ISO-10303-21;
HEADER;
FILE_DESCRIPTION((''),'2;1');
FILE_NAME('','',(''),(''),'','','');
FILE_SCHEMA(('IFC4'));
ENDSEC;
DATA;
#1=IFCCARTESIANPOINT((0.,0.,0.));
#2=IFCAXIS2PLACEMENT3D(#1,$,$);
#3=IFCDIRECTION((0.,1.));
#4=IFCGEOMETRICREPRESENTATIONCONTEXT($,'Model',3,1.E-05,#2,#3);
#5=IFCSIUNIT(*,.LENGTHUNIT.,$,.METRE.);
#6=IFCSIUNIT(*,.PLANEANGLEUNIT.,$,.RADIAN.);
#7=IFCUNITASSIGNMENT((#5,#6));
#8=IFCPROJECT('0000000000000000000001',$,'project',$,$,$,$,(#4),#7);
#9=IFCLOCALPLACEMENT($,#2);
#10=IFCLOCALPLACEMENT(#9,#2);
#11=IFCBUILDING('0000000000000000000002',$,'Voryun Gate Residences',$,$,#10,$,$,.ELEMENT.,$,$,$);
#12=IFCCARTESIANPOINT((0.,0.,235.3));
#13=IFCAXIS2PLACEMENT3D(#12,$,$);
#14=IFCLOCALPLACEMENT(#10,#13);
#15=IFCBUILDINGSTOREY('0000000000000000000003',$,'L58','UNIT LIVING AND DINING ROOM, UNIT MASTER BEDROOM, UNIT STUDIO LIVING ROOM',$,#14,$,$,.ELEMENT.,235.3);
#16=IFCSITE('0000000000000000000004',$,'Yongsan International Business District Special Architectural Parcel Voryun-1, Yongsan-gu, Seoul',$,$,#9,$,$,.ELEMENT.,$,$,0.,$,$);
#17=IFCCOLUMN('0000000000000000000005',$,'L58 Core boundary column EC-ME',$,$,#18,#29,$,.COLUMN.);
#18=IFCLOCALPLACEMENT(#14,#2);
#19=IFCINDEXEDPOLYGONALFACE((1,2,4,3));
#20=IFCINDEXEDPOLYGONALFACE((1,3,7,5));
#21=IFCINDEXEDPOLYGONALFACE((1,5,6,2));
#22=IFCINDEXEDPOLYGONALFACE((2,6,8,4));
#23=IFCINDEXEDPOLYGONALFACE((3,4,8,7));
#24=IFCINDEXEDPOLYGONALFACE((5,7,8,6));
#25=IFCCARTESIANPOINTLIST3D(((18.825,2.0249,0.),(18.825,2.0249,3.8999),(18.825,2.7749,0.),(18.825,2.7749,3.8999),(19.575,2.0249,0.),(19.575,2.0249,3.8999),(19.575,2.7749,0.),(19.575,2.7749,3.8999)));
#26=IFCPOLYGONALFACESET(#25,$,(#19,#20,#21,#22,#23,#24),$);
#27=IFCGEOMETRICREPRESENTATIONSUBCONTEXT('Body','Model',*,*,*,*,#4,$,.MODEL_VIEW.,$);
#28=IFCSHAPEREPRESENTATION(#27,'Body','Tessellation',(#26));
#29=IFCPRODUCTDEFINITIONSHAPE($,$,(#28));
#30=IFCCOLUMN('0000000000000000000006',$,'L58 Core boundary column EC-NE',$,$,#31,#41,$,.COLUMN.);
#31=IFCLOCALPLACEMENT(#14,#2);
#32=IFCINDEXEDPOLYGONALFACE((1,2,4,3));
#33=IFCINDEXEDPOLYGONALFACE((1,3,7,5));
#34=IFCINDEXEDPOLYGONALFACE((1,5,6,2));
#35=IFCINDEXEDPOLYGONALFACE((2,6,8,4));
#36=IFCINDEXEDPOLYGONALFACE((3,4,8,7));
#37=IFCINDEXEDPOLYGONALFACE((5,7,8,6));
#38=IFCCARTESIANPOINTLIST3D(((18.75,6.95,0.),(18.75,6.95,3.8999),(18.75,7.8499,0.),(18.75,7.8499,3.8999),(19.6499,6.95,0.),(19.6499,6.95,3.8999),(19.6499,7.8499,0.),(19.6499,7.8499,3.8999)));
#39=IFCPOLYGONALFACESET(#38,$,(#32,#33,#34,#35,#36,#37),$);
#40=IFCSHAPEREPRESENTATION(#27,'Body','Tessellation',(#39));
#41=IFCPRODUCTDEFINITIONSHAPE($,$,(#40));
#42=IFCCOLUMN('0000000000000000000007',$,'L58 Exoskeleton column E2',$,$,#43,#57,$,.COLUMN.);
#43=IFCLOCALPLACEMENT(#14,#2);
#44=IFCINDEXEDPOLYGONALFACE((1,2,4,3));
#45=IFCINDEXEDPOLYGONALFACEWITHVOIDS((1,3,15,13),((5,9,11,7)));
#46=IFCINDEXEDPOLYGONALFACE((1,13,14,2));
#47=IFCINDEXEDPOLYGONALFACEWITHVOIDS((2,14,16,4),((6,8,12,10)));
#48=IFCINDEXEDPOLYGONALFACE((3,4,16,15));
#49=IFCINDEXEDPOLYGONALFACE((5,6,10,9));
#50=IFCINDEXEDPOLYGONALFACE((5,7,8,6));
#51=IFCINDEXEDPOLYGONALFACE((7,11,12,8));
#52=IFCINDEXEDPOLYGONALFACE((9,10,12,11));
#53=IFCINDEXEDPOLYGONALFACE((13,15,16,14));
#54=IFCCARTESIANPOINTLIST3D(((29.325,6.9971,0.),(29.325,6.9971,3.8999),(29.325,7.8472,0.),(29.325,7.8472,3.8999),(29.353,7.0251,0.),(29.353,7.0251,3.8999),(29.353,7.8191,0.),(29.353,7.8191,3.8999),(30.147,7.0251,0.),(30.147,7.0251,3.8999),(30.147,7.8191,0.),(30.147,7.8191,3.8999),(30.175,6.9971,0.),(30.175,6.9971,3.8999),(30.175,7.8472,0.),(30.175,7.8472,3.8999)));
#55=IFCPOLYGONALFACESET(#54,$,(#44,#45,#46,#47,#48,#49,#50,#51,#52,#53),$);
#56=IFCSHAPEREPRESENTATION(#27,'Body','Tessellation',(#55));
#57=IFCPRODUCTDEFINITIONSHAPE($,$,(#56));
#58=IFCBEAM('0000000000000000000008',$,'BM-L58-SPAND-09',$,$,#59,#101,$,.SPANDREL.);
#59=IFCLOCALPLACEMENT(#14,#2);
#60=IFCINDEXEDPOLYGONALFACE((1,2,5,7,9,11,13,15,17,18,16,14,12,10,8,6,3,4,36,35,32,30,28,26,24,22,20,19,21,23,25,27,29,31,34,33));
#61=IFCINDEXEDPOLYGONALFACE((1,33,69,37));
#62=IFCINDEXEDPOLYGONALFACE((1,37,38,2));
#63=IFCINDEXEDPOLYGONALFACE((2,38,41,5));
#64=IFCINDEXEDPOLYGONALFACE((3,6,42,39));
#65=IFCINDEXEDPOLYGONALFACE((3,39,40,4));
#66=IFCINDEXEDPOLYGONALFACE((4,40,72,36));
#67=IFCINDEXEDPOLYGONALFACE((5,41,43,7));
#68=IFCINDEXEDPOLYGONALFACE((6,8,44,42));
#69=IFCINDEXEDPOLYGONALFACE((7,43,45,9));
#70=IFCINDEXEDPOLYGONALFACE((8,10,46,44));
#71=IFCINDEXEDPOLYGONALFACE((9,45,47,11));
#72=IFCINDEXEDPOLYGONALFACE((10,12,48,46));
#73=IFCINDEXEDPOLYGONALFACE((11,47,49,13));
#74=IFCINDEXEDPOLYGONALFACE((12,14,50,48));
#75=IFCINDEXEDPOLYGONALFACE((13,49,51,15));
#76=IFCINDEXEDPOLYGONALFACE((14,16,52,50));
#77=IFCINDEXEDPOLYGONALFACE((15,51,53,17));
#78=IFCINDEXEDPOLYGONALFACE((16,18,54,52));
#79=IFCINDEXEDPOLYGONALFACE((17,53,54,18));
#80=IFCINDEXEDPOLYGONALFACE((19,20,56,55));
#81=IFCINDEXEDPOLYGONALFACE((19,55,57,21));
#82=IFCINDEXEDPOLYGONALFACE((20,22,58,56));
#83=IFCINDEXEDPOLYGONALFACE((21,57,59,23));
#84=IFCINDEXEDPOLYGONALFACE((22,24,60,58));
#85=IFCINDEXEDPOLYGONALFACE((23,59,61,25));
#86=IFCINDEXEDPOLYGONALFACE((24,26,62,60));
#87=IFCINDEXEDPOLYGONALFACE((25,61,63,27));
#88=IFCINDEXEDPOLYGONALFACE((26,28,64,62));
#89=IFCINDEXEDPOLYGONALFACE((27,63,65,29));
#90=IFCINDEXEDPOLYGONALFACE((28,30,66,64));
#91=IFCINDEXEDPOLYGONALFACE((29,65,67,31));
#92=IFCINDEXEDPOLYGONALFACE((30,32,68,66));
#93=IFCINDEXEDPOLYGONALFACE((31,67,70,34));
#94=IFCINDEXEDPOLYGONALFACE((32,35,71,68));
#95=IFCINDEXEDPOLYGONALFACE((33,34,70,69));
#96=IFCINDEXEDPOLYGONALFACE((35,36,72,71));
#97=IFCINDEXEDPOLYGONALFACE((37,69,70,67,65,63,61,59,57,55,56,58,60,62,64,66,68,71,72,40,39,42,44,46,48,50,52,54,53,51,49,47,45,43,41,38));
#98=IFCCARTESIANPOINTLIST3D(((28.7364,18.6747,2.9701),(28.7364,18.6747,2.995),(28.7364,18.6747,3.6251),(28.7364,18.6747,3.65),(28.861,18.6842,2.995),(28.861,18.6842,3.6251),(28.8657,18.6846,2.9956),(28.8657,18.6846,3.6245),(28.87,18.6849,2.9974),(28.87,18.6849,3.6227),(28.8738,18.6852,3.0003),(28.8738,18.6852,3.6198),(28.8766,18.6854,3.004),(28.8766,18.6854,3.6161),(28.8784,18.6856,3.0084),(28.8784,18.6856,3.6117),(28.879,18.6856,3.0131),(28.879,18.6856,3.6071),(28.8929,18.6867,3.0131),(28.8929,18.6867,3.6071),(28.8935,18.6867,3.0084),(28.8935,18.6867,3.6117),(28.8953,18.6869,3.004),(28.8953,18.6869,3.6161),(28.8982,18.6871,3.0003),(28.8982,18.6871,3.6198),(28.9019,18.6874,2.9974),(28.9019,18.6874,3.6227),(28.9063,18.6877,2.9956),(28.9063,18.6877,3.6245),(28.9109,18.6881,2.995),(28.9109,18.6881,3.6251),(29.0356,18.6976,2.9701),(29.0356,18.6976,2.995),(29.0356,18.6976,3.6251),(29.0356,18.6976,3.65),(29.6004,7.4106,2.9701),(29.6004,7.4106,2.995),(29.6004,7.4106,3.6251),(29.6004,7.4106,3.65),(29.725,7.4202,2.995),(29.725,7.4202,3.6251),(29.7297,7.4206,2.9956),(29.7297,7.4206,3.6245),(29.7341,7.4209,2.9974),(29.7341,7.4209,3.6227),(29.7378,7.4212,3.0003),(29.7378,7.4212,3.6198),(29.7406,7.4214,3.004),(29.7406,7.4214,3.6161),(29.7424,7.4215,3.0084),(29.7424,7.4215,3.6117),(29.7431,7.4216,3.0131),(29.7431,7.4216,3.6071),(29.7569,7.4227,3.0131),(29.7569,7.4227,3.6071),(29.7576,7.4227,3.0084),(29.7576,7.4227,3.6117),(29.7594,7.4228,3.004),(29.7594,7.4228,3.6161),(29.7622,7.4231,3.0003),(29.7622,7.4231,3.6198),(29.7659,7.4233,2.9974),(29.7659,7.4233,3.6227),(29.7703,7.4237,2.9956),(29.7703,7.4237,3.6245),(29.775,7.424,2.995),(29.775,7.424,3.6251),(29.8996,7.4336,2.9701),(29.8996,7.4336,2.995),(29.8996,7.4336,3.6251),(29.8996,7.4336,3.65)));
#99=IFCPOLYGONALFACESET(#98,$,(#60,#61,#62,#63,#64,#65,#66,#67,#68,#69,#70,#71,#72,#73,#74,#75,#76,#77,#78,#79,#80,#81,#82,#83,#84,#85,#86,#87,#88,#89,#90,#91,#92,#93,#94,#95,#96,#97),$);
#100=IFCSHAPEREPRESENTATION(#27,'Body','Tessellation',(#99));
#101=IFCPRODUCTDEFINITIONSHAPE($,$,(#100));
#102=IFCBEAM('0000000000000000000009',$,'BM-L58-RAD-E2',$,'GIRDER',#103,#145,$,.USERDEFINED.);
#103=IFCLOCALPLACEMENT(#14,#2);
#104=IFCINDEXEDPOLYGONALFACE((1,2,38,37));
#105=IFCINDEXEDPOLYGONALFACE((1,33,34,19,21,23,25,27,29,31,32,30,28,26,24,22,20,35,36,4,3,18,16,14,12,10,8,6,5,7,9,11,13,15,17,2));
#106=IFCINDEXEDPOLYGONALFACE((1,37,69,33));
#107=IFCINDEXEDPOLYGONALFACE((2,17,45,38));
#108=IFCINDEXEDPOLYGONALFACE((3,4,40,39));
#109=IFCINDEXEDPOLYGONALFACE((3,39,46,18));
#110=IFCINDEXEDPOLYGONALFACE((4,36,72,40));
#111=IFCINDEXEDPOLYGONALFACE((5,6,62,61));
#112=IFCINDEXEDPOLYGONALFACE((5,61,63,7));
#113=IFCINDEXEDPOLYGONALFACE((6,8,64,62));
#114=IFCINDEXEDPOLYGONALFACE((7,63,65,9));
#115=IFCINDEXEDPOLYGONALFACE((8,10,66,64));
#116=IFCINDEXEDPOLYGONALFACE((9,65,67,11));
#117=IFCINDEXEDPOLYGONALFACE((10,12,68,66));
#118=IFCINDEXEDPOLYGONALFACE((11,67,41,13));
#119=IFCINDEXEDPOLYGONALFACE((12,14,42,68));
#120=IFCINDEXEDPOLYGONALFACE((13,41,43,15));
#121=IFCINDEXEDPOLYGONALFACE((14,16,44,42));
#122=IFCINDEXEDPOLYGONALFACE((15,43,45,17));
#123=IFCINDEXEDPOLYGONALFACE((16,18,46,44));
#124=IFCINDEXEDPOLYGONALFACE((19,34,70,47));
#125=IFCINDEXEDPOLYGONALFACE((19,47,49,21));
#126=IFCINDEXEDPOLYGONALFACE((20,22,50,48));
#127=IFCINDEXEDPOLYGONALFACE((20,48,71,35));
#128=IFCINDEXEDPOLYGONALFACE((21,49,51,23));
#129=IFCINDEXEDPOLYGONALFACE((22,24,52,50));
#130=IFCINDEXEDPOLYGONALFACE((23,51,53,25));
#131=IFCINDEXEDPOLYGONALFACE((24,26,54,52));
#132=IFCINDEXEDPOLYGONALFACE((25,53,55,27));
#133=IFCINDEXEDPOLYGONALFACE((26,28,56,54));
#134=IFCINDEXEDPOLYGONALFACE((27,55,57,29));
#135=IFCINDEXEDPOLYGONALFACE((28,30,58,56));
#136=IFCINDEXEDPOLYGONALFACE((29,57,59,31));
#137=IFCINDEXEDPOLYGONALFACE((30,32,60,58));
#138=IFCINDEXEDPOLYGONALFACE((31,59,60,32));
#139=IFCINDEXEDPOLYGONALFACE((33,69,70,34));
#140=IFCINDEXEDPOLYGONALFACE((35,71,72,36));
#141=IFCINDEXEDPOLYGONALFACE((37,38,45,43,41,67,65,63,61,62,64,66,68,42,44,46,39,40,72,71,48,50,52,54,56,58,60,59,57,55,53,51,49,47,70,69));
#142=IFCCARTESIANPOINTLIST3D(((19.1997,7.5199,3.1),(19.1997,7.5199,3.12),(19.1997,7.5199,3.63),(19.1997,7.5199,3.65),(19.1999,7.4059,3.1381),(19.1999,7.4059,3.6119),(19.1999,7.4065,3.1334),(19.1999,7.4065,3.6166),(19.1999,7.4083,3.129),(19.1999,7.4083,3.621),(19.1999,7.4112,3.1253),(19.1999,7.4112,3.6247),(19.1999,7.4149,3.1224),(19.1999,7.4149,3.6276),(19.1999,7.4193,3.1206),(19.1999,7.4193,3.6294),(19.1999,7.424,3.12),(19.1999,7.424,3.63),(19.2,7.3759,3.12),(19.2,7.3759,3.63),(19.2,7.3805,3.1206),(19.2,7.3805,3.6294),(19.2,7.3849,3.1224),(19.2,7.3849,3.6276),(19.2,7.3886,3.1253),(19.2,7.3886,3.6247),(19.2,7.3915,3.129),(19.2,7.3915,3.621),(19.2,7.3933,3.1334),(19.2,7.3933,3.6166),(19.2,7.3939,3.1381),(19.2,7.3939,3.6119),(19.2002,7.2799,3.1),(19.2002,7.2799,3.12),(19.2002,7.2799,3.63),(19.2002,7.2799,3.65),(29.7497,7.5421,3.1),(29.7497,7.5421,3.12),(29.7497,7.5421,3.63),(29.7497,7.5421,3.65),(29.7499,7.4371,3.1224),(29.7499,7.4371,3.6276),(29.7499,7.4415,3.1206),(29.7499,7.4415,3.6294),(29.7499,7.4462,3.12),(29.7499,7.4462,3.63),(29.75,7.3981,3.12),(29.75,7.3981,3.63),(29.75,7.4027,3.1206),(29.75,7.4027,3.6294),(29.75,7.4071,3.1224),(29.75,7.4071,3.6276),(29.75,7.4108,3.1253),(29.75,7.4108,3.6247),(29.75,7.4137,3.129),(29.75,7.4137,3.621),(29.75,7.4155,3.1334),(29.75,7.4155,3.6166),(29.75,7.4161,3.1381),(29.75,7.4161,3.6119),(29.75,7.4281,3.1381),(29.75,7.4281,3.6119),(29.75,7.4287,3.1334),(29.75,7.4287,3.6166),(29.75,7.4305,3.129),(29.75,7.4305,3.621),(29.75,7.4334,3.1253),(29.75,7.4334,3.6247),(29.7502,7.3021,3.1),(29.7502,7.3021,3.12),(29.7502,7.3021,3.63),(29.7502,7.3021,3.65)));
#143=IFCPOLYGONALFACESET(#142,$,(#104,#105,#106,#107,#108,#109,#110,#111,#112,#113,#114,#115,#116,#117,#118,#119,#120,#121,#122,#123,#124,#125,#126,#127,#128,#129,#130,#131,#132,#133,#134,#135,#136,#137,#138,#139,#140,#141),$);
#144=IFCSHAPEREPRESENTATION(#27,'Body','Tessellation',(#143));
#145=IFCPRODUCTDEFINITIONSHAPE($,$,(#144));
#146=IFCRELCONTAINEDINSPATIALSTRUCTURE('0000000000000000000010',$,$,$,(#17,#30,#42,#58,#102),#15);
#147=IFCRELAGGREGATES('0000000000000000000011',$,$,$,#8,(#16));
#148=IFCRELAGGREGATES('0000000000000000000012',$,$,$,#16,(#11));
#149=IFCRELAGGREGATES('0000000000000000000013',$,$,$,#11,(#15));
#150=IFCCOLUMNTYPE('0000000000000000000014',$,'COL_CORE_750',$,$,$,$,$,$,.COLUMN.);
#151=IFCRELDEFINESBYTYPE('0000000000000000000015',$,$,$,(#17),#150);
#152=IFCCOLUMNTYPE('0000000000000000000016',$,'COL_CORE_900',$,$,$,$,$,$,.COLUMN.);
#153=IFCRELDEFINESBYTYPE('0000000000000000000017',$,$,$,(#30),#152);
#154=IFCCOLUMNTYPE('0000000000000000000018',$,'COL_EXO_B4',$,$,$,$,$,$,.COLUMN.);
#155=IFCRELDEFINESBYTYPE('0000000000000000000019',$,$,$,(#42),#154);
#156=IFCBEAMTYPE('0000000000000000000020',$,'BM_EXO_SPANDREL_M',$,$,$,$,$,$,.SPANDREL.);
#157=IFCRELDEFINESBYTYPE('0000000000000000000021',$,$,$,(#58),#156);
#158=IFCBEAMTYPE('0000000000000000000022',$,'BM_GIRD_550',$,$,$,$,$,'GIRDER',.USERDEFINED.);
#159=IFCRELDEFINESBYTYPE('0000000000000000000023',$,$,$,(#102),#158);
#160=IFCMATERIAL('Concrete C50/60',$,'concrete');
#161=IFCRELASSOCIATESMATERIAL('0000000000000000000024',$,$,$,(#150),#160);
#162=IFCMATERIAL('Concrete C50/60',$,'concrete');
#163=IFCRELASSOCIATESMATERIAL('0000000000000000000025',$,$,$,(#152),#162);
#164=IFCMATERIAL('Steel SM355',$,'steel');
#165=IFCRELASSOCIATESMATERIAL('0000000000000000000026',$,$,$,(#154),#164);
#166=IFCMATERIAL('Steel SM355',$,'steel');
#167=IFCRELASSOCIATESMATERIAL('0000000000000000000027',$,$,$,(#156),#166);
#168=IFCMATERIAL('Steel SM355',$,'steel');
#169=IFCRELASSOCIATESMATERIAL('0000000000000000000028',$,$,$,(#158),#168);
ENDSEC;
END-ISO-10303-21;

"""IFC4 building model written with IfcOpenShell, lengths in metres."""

from ifc_helpers import new_model, si_unit, direction, frame, origin, origin_2d, place, context, subcontext, project, spatial, rectangle, hollow_rectangle, i_section, extrude, material, material_profile, profile_set, type_object, element, save


model = new_model("IFC4")

# Units and contexts
model_context = context("Model", 3, precision=1e-05, world=origin(), true_north=direction((0.0, 1.0)))
body_context = subcontext(model_context, "Body", "Model", "MODEL_VIEW")
ifc_project = project(units=[si_unit("LENGTHUNIT", "METRE"), si_unit("PLANEANGLEUNIT", "RADIAN")], contexts=[model_context])

# Site, building, storey
site_placement = place(None, origin())
site = spatial("IfcSite", under=ifc_project, at=site_placement, Name="Yongsan International Business District Special Architectural Parcel Voryun-1, Yongsan-gu, Seoul", CompositionType="ELEMENT", RefElevation=0.0)
building_placement = place(site_placement, origin())
building = spatial("IfcBuilding", under=site, at=building_placement, Name="Voryun Gate Residences", CompositionType="ELEMENT")
storey_placement = place(building_placement, frame((0.0, 0.0, 235.3)))
storey = spatial("IfcBuildingStorey", under=building, at=storey_placement, Name="L58", Description="UNIT LIVING AND DINING ROOM, UNIT MASTER BEDROOM, UNIT STUDIO LIVING ROOM", CompositionType="ELEMENT", Elevation=235.3)

# Columns
ifc_material_1 = material(Name="Concrete C50/60", Category="concrete")
ifc_material_profile_1 = material_profile(ifc_material_1, rectangle(XDim=0.75, YDim=0.75, at=origin_2d()), Name="RC-750x750")
ifc_profile_set_1 = profile_set([ifc_material_profile_1], Name="Concrete C50/60")
column_type_1 = type_object("IfcColumnType", Name="COL_CORE_750", PredefinedType="COLUMN", material=ifc_profile_set_1)
column_1_placement = place(storey_placement, frame((19.2, 2.3999, 0.0), z_axis=(0.0, 0.0, 1.0), x_axis=(1.0, 0.0, 0.0)))
element("IfcColumn", 1, at=column_1_placement, inside=storey, type_object=column_type_1, Name="L58 Core boundary column EC-ME", PredefinedType="COLUMN", context=body_context, shape_type="SweptSolid", body=[
    extrude(rectangle(XDim=0.75, YDim=0.75, at=origin_2d()), origin(), (0.0, 0.0, 1.0), 3.8999),
])
ifc_material_2 = material(Name="Concrete C50/60", Category="concrete")
ifc_material_profile_2 = material_profile(ifc_material_2, rectangle(XDim=0.8999, YDim=0.8999, at=origin_2d()), Name="RC-900x900")
ifc_profile_set_2 = profile_set([ifc_material_profile_2], Name="Concrete C50/60")
column_type_2 = type_object("IfcColumnType", Name="COL_CORE_900", PredefinedType="COLUMN", material=ifc_profile_set_2)
column_2_placement = place(storey_placement, frame((19.2, 7.3999, 0.0), z_axis=(0.0, 0.0, 1.0), x_axis=(1.0, 0.0, 0.0)))
element("IfcColumn", 2, at=column_2_placement, inside=storey, type_object=column_type_2, Name="L58 Core boundary column EC-NE", PredefinedType="COLUMN", context=body_context, shape_type="SweptSolid", body=[
    extrude(rectangle(XDim=0.8999, YDim=0.8999, at=origin_2d()), origin(), (0.0, 0.0, 1.0), 3.8999),
])
ifc_material_3 = material(Name="Steel SM355", Category="steel")
ifc_material_profile_3 = material_profile(ifc_material_3, hollow_rectangle(XDim=0.8501, YDim=0.8501, WallThickness=0.0281, at=origin_2d()), Name="BOX-850x850x28")
ifc_profile_set_3 = profile_set([ifc_material_profile_3], Name="Steel SM355")
column_type_3 = type_object("IfcColumnType", Name="COL_EXO_B4", PredefinedType="COLUMN", material=ifc_profile_set_3)
column_3_placement = place(storey_placement, frame((29.75, 7.4221, 0.0), z_axis=(0.0, 0.0, 1.0), x_axis=(1.0, 0.0, 0.0)))
element("IfcColumn", 3, at=column_3_placement, inside=storey, type_object=column_type_3, Name="L58 Exoskeleton column E2", PredefinedType="COLUMN", context=body_context, shape_type="SweptSolid", body=[
    extrude(hollow_rectangle(XDim=0.8501, YDim=0.8501, WallThickness=0.0281, at=origin_2d()), origin(), (0.0, 0.0, 1.0), 3.8999),
])

# Beams
ifc_material_4 = material(Name="Steel SM355", Category="steel")
ifc_material_profile_4 = material_profile(ifc_material_4, i_section(OverallWidth=0.3, OverallDepth=0.6799, WebThickness=0.0139, FlangeThickness=0.0249, FilletRadius=0.0181, at=origin_2d()), Name="H-680x300x14x25")
ifc_profile_set_4 = profile_set([ifc_material_profile_4], Name="Steel SM355")
beam_type_1 = type_object("IfcBeamType", Name="BM_EXO_SPANDREL_M", PredefinedType="SPANDREL", material=ifc_profile_set_4)
beam_1_placement = place(storey_placement, frame((29.75, 7.4221, 3.3101), z_axis=(-0.076482, 0.997071, 0.0), x_axis=(-0.997071, -0.076482, 0.0)))
element("IfcBeam", 4, at=beam_1_placement, inside=storey, type_object=beam_type_1, Name="BM-L58-SPAND-09", PredefinedType="SPANDREL", context=body_context, shape_type="SweptSolid", body=[
    extrude(i_section(OverallWidth=0.3, OverallDepth=0.6799, WebThickness=0.0139, FlangeThickness=0.0249, FilletRadius=0.0181, at=origin_2d()), origin(), (0.0, 0.0, 1.0), 11.2971),
])
ifc_material_5 = material(Name="Steel SM355", Category="steel")
ifc_material_profile_5 = material_profile(ifc_material_5, i_section(OverallWidth=0.24, OverallDepth=0.55, WebThickness=0.012, FlangeThickness=0.02, FilletRadius=0.0181, at=origin_2d()), Name="H-550x240x12x20")
ifc_profile_set_5 = profile_set([ifc_material_profile_5], Name="Steel SM355")
beam_type_2 = type_object("IfcBeamType", Name="BM_GIRD_550", ElementType="GIRDER", PredefinedType="USERDEFINED", material=ifc_profile_set_5)
beam_2_placement = place(storey_placement, frame((19.2, 7.3999, 3.375), z_axis=(0.999998, 0.002106, 0.0), x_axis=(-0.002106, 0.999998, 0.0)))
element("IfcBeam", 5, at=beam_2_placement, inside=storey, type_object=beam_type_2, Name="BM-L58-RAD-E2", ObjectType="GIRDER", PredefinedType="USERDEFINED", context=body_context, shape_type="SweptSolid", body=[
    extrude(i_section(OverallWidth=0.24, OverallDepth=0.55, WebThickness=0.012, FlangeThickness=0.02, FilletRadius=0.0181, at=origin_2d()), origin(), (0.0, 0.0, 1.0), 10.55),
])

save(model, "model.ifc")
